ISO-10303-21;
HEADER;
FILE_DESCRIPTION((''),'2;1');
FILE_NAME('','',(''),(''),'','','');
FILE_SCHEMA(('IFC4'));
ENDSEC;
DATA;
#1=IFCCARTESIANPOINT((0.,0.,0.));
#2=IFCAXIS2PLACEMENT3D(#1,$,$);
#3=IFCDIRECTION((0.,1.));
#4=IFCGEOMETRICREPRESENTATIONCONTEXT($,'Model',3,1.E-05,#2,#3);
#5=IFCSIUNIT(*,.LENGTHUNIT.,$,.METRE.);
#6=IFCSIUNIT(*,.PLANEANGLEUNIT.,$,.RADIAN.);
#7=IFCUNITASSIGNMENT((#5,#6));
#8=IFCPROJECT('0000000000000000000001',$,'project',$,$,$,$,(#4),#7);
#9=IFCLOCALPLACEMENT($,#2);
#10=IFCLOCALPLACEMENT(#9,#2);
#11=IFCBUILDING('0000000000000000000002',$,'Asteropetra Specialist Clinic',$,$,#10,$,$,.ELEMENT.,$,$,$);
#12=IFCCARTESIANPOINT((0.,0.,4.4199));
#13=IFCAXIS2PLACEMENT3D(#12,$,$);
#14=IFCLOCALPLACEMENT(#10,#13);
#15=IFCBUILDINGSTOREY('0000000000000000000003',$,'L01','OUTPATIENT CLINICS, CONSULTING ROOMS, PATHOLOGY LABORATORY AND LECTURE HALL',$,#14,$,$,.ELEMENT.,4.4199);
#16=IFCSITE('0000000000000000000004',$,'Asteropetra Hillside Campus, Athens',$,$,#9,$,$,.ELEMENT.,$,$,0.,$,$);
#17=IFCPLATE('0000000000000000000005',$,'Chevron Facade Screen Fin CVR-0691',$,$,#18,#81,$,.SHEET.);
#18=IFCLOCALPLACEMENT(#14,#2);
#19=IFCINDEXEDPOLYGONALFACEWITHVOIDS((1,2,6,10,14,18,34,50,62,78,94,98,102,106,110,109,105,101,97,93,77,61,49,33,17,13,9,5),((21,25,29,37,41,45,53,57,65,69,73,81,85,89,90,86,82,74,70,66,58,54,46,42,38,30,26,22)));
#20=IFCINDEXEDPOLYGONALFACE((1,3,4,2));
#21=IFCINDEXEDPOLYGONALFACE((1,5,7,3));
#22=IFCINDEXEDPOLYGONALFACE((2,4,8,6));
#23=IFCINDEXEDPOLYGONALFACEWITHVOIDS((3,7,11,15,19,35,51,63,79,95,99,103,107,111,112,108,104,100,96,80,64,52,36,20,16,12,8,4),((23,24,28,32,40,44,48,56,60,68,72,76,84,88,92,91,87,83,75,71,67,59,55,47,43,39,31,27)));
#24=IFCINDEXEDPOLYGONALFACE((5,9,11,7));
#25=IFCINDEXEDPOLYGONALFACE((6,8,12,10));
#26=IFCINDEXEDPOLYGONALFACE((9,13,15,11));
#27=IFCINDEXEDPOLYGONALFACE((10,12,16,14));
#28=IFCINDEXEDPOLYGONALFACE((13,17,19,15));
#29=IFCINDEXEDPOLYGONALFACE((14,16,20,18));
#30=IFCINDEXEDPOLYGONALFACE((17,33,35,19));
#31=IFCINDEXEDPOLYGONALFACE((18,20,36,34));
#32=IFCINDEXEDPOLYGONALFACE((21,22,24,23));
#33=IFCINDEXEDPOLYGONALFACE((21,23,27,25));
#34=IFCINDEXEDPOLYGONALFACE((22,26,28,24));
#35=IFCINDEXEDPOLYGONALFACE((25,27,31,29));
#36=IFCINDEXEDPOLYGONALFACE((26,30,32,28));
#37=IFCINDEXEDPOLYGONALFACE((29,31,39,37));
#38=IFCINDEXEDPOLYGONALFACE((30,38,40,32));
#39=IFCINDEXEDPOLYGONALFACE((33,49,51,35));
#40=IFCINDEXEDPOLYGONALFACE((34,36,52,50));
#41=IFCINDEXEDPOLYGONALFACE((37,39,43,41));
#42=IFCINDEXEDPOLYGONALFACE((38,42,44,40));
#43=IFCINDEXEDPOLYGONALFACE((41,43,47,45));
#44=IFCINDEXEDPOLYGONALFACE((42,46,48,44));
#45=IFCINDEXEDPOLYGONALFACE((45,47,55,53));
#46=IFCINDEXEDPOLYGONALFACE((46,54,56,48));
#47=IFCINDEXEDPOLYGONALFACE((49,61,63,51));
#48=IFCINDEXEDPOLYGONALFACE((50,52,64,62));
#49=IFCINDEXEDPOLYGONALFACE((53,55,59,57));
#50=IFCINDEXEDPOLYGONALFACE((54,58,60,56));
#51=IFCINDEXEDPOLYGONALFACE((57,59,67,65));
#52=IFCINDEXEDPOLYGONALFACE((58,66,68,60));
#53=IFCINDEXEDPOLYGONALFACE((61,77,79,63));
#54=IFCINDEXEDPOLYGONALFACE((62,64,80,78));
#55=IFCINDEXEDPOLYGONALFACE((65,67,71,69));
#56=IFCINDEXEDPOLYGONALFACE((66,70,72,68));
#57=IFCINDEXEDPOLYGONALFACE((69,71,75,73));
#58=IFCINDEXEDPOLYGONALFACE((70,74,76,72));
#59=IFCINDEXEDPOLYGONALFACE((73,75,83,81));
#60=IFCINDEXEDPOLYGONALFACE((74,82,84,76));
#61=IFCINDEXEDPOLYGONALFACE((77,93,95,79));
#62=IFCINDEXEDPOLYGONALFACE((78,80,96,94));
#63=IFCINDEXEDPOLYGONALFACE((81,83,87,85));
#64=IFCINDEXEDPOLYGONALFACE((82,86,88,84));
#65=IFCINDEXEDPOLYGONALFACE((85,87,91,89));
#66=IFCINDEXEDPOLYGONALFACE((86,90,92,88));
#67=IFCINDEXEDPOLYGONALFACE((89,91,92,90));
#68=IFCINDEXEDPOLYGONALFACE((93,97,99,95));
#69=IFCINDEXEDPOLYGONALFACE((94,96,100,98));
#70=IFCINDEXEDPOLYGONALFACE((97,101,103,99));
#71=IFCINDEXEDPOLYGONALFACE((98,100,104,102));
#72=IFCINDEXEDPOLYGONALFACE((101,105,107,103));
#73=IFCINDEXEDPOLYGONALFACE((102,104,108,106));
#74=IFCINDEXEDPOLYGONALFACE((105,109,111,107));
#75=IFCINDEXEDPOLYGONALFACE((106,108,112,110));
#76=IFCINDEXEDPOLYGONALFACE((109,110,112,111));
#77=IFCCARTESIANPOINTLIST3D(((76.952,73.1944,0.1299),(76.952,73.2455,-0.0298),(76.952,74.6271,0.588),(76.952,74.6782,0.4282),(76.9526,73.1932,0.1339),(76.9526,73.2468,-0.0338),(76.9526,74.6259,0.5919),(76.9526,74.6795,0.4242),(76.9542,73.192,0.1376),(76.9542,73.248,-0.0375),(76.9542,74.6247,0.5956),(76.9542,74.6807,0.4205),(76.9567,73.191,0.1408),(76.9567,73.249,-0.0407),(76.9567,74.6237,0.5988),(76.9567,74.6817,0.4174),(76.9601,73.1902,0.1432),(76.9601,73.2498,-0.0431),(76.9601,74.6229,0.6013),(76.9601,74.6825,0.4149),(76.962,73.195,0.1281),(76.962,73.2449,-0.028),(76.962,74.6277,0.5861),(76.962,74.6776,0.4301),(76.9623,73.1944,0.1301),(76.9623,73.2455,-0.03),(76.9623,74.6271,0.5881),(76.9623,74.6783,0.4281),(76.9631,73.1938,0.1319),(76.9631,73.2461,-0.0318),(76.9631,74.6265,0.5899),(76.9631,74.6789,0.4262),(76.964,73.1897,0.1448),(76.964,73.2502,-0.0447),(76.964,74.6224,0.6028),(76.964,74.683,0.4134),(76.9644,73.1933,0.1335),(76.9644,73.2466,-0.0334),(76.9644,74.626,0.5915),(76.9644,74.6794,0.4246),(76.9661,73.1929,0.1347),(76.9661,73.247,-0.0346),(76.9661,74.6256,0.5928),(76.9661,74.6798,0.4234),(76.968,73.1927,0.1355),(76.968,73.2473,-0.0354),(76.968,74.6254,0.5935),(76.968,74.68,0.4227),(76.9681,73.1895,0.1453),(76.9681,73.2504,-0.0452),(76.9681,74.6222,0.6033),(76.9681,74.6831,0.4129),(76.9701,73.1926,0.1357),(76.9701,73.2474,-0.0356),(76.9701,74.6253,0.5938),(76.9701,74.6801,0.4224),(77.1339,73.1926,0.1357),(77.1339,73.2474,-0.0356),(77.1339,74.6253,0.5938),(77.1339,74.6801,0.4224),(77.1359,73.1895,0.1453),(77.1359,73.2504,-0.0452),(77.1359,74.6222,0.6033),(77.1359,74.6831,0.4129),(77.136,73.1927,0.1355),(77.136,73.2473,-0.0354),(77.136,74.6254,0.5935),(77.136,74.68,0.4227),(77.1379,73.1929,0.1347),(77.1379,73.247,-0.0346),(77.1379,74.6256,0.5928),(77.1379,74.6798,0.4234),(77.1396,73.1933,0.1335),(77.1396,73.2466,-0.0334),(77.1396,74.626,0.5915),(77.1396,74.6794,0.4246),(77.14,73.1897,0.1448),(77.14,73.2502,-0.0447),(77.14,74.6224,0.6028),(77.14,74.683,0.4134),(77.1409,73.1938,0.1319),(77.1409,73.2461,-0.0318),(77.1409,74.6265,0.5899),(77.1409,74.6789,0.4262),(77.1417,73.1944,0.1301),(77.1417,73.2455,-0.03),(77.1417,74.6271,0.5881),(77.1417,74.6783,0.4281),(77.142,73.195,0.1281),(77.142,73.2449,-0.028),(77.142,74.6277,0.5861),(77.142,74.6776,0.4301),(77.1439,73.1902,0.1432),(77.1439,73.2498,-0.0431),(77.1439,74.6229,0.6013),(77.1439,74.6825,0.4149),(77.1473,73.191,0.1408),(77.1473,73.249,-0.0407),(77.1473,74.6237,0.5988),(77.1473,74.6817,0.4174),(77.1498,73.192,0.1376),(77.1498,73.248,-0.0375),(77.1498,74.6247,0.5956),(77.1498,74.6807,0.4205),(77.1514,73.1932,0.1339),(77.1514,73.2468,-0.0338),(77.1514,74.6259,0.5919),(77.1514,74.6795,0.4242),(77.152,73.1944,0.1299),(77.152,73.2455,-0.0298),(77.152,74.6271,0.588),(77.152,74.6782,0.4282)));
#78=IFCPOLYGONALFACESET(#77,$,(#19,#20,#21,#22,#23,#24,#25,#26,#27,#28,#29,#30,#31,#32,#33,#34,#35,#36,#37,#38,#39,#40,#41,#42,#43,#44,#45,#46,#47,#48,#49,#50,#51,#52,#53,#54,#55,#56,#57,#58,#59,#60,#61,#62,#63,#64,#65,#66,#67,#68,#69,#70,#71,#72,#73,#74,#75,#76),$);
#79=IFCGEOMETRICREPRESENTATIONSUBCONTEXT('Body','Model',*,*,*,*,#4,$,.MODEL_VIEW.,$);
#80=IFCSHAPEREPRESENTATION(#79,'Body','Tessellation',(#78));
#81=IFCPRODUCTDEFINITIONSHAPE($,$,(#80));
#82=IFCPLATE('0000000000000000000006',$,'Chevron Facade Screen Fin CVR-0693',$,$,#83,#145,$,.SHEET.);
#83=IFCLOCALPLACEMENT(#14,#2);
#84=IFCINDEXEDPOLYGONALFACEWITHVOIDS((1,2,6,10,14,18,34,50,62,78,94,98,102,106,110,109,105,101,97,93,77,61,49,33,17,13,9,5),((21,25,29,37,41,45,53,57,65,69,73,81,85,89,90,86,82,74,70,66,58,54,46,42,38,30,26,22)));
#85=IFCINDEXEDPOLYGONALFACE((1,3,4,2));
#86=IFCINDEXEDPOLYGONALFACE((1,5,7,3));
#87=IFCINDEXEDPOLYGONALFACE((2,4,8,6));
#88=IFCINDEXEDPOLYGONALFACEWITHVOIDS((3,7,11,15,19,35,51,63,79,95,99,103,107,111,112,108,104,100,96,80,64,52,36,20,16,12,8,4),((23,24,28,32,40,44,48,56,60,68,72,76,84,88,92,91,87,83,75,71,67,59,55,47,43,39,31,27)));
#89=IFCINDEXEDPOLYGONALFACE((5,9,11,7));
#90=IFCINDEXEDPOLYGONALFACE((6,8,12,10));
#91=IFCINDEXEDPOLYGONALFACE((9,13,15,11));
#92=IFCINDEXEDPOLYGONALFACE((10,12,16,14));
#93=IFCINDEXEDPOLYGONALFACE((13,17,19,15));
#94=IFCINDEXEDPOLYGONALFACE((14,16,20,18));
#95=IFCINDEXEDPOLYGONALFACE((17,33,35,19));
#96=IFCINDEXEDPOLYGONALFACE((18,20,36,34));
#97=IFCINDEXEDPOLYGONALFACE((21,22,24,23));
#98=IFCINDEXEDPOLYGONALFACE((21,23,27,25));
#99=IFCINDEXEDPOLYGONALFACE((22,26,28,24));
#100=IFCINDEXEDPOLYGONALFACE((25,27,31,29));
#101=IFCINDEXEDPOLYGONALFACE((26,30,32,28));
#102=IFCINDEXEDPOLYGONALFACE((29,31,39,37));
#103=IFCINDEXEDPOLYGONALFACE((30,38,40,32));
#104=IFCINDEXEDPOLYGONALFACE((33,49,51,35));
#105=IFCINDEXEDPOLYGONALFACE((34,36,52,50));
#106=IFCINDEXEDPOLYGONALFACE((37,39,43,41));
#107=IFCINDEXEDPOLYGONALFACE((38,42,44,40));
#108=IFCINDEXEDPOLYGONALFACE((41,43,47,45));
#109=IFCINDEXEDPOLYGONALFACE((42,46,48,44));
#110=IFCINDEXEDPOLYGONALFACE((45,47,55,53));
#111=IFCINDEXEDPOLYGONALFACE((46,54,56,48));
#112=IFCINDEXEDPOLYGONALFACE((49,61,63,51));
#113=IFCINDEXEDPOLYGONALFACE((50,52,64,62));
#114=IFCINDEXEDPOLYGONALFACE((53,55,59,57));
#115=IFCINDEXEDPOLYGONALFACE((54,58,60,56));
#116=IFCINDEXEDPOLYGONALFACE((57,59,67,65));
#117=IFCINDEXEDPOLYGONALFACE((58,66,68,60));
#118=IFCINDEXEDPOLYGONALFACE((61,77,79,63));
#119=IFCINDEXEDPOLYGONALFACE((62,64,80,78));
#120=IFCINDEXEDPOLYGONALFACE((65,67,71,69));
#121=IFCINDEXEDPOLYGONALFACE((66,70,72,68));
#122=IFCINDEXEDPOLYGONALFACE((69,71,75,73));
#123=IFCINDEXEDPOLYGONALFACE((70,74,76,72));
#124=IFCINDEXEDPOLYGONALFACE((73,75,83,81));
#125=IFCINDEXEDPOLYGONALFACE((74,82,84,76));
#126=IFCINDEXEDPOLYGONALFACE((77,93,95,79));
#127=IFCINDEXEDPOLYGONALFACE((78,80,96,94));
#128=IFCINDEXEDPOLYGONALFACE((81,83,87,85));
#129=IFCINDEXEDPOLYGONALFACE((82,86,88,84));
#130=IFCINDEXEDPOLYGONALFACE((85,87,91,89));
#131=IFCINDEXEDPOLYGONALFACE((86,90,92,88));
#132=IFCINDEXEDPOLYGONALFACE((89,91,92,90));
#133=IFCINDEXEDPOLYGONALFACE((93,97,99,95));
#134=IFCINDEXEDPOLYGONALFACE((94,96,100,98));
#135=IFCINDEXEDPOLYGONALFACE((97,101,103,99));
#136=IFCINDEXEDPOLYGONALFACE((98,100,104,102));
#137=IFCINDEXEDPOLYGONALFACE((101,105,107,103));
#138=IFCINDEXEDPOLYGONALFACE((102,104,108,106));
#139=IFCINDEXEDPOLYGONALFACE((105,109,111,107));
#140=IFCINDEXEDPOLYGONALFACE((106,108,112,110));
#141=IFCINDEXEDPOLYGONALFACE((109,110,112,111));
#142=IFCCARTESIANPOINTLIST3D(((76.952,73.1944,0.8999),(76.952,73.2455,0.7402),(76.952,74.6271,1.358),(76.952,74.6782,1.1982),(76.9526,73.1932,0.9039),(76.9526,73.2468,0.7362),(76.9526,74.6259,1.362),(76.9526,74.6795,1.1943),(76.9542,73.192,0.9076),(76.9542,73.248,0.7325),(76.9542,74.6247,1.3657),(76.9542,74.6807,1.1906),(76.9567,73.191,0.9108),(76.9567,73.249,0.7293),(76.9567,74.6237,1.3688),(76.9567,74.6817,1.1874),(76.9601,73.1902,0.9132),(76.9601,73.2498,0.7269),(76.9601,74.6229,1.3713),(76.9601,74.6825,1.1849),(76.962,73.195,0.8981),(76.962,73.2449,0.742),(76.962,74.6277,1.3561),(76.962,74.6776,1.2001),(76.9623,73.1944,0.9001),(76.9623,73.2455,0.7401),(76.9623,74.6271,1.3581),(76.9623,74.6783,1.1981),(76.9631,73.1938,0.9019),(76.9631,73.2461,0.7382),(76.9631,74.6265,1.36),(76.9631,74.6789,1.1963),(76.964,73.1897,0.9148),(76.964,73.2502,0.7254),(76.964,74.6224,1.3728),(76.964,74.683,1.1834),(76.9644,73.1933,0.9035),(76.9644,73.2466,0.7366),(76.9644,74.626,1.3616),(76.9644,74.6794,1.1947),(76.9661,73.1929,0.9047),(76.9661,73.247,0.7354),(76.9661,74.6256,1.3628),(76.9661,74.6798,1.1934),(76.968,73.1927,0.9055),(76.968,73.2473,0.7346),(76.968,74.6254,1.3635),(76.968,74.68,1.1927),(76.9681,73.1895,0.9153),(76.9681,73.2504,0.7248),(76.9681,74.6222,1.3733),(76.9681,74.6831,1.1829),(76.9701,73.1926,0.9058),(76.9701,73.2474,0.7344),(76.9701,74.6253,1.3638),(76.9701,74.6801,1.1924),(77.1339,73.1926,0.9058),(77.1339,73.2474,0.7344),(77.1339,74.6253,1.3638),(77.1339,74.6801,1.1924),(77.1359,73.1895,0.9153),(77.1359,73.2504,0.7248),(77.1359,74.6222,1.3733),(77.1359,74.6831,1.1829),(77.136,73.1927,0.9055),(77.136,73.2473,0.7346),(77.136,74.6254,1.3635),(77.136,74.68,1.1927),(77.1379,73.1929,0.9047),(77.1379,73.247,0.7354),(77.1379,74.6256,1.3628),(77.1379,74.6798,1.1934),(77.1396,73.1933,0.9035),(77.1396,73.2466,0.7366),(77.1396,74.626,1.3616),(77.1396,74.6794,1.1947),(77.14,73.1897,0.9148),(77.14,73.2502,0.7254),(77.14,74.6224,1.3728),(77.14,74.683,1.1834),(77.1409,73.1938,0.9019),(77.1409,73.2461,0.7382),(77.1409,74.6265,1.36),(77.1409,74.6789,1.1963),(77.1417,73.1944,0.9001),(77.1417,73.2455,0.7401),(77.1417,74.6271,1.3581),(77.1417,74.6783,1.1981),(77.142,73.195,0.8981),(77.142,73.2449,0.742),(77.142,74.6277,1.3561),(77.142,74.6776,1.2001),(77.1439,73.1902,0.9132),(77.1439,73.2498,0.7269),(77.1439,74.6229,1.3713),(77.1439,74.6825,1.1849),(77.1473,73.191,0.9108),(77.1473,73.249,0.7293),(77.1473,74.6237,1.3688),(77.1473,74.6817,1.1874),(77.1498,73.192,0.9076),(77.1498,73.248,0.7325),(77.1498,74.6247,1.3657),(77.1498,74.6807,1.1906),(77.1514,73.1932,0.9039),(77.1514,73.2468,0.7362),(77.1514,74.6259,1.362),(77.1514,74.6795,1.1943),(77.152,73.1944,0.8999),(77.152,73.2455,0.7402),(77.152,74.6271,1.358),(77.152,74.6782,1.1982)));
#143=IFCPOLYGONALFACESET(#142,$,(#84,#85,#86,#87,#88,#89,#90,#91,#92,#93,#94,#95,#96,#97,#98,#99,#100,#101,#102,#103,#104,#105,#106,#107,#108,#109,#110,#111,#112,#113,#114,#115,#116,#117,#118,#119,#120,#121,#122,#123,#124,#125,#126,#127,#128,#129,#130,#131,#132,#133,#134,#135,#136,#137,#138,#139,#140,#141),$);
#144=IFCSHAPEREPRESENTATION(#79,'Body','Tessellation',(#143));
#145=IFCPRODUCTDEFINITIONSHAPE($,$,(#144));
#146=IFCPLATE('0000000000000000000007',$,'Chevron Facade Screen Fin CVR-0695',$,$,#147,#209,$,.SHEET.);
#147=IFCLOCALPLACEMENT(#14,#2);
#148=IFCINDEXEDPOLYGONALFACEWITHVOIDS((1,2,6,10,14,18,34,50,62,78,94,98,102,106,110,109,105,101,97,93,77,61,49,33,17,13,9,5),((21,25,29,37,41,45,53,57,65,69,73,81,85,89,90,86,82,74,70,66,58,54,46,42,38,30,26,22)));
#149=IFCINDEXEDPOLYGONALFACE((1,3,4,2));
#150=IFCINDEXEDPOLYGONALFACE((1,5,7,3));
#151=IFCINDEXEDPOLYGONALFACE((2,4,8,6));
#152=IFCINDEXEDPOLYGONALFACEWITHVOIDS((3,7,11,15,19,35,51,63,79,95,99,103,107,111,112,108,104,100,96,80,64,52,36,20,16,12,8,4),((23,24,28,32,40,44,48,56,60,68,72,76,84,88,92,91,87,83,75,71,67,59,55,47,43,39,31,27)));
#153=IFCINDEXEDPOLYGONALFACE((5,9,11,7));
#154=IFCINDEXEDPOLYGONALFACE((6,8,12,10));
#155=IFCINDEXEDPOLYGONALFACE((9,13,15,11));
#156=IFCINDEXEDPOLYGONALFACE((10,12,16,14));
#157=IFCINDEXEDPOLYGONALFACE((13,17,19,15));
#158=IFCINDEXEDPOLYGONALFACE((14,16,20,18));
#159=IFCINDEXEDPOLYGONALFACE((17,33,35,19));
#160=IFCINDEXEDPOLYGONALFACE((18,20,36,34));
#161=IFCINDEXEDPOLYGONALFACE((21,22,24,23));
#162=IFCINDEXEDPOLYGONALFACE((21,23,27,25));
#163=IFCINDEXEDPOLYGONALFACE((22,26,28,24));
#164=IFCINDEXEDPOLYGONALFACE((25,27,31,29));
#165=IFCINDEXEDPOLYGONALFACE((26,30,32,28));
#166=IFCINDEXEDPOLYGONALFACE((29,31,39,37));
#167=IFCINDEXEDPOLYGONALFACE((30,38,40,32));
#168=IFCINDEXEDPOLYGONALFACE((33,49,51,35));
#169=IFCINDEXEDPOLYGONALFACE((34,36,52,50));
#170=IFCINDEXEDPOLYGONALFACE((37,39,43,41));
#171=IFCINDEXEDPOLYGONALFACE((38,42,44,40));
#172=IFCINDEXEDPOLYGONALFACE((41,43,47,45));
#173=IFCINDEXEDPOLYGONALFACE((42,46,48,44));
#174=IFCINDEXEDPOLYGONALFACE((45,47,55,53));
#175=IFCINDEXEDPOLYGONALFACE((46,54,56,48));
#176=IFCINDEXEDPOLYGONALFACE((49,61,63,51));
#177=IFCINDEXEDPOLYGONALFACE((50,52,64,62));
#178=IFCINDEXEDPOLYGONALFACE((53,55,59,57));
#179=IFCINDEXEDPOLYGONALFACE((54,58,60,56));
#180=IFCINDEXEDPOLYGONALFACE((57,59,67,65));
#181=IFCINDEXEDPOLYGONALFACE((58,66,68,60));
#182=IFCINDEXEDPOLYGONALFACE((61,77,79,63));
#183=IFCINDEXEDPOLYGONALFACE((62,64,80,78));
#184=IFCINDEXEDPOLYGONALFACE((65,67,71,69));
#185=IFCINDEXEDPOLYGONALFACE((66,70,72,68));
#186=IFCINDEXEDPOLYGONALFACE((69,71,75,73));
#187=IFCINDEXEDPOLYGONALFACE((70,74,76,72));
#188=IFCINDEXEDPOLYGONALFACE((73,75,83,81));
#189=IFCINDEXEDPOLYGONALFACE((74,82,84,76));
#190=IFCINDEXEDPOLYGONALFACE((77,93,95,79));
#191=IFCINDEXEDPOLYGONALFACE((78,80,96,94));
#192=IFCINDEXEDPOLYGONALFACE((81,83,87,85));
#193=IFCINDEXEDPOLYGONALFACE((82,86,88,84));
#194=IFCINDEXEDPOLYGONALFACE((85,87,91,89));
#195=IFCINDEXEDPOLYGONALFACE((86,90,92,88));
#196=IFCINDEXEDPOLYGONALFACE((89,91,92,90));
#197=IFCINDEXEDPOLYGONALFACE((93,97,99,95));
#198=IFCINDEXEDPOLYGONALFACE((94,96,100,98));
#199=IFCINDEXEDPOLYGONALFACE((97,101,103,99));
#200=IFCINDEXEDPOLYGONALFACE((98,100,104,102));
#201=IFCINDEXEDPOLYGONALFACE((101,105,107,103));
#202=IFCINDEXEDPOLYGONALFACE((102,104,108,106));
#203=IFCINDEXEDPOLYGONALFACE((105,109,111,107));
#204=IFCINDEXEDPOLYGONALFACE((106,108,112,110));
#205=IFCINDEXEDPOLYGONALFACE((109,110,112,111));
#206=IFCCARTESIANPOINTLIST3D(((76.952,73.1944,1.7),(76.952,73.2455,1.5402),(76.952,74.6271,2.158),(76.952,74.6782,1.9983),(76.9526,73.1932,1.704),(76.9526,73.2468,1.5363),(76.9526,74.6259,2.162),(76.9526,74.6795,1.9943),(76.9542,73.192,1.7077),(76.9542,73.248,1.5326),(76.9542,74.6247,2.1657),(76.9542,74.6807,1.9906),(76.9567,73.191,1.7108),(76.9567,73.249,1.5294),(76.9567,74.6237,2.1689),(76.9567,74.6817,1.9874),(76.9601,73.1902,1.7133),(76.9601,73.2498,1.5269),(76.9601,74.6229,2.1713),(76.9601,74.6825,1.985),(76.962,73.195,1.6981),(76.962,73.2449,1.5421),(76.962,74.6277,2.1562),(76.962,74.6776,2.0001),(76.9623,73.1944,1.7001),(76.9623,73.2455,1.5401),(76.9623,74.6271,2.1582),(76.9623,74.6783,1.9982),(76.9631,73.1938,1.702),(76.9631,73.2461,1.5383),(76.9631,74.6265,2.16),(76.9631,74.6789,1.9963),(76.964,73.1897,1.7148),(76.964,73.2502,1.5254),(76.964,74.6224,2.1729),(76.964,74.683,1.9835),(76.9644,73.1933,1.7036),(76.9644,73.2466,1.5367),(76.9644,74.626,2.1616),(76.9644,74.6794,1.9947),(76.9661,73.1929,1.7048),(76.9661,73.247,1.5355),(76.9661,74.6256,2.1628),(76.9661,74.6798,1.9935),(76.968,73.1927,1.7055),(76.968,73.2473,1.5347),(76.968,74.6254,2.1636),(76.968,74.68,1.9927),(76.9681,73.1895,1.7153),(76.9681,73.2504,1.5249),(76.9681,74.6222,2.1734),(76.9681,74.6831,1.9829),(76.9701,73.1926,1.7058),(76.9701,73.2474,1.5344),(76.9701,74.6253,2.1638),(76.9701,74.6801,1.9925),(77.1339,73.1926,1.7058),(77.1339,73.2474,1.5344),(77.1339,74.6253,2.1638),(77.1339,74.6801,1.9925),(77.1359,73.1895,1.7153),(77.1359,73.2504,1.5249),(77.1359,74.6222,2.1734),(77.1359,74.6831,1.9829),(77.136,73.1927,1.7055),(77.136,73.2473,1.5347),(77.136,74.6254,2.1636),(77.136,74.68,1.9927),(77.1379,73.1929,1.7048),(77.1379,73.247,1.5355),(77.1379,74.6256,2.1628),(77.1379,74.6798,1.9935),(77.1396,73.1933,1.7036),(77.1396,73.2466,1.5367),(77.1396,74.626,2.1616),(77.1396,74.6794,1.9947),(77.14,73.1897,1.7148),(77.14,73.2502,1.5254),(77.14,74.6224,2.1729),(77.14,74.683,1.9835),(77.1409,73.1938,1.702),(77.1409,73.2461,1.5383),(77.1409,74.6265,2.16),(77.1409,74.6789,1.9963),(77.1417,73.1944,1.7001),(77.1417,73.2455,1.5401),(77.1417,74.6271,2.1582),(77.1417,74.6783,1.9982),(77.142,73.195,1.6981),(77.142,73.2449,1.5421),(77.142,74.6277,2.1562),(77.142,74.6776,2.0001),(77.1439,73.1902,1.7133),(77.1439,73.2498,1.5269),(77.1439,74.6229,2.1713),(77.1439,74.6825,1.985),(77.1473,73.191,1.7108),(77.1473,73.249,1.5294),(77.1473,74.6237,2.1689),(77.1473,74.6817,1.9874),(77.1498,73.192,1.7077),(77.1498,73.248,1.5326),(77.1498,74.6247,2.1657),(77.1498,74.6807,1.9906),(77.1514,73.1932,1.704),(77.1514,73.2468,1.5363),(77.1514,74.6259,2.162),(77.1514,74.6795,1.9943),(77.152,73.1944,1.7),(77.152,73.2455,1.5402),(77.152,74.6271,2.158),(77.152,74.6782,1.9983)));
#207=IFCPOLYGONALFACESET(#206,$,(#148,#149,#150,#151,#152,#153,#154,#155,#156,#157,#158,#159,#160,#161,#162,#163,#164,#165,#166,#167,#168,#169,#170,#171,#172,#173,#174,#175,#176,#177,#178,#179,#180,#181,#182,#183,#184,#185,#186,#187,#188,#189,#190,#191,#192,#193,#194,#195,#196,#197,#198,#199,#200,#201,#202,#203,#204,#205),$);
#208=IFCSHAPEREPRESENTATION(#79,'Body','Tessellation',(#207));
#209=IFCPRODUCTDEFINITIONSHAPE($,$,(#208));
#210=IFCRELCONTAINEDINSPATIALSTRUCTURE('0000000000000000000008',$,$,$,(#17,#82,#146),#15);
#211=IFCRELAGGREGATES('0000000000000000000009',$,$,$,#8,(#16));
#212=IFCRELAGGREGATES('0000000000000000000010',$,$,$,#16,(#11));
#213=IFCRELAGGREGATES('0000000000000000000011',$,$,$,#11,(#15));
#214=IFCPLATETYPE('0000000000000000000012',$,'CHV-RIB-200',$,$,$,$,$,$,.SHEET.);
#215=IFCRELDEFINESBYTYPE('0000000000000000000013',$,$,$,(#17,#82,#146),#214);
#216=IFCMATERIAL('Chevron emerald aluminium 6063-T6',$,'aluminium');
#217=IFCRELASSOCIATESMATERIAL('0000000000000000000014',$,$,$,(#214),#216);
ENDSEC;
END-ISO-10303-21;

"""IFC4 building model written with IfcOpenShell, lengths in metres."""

from ifc_helpers import new_model, si_unit, direction, frame, origin, origin_2d, place, context, subcontext, project, spatial, hollow_rectangle, extrude, material, material_profile, profile_set, type_object, element, save


model = new_model("IFC4")

# Units and contexts
model_context = context("Model", 3, precision=1e-05, world=origin(), true_north=direction((0.0, 1.0)))
body_context = subcontext(model_context, "Body", "Model", "MODEL_VIEW")
ifc_project = project(units=[si_unit("LENGTHUNIT", "METRE"), si_unit("PLANEANGLEUNIT", "RADIAN")], contexts=[model_context])

# Site, building, storey
site_placement = place(None, origin())
site = spatial("IfcSite", under=ifc_project, at=site_placement, Name="Asteropetra Hillside Campus, Athens", CompositionType="ELEMENT", RefElevation=0.0)
building_placement = place(site_placement, origin())
building = spatial("IfcBuilding", under=site, at=building_placement, Name="Asteropetra Specialist Clinic", CompositionType="ELEMENT")
storey_placement = place(building_placement, frame((0.0, 0.0, 4.4199)))
storey = spatial("IfcBuildingStorey", under=building, at=storey_placement, Name="L01", Description="OUTPATIENT CLINICS, CONSULTING ROOMS, PATHOLOGY LABORATORY AND LECTURE HALL", CompositionType="ELEMENT", Elevation=4.4199)

# Plates
ifc_material_1 = material(Name="Chevron emerald aluminium 6063-T6", Category="aluminium")
ifc_material_profile = material_profile(ifc_material_1, hollow_rectangle(XDim=0.2, YDim=0.2, WallThickness=0.01, InnerFilletRadius=0.0081, OuterFilletRadius=0.0161, at=origin_2d()), Name="SHS 200x200x10.0")
ifc_profile_set = profile_set([ifc_material_profile], Name="Chevron emerald aluminium 6063-T6")
plate_type_1 = type_object("IfcPlateType", Name="CHV-RIB-200", PredefinedType="SHEET", material=ifc_profile_set)
for number, where, z_axis, x_axis, name in (
    (1, (77.052, 73.22, 0.05), (0.0, 0.952507, 0.304517), (-1.0, 0.0, 0.0), "Chevron Facade Screen Fin CVR-0691"),
    (2, (77.052, 73.22, 0.8201), (0.0, 0.952507, 0.304517), (-1.0, 0.0, 0.0), "Chevron Facade Screen Fin CVR-0693"),
    (3, (77.052, 73.22, 1.6201), (0.0, 0.952507, 0.304517), (-1.0, 0.0, 0.0), "Chevron Facade Screen Fin CVR-0695"),
):
    element("IfcPlate", number, at=place(storey_placement, frame(where, z_axis=z_axis, x_axis=x_axis)), inside=storey, type_object=plate_type_1, Name=name, PredefinedType="SHEET", context=body_context, shape_type="SweptSolid", body=[
        extrude(hollow_rectangle(XDim=0.2, YDim=0.2, WallThickness=0.01, InnerFilletRadius=0.0081, OuterFilletRadius=0.0161, at=origin_2d()), origin(), (0.0, 0.0, 1.0), 1.5042),
    ])

save(model, "model.ifc")
